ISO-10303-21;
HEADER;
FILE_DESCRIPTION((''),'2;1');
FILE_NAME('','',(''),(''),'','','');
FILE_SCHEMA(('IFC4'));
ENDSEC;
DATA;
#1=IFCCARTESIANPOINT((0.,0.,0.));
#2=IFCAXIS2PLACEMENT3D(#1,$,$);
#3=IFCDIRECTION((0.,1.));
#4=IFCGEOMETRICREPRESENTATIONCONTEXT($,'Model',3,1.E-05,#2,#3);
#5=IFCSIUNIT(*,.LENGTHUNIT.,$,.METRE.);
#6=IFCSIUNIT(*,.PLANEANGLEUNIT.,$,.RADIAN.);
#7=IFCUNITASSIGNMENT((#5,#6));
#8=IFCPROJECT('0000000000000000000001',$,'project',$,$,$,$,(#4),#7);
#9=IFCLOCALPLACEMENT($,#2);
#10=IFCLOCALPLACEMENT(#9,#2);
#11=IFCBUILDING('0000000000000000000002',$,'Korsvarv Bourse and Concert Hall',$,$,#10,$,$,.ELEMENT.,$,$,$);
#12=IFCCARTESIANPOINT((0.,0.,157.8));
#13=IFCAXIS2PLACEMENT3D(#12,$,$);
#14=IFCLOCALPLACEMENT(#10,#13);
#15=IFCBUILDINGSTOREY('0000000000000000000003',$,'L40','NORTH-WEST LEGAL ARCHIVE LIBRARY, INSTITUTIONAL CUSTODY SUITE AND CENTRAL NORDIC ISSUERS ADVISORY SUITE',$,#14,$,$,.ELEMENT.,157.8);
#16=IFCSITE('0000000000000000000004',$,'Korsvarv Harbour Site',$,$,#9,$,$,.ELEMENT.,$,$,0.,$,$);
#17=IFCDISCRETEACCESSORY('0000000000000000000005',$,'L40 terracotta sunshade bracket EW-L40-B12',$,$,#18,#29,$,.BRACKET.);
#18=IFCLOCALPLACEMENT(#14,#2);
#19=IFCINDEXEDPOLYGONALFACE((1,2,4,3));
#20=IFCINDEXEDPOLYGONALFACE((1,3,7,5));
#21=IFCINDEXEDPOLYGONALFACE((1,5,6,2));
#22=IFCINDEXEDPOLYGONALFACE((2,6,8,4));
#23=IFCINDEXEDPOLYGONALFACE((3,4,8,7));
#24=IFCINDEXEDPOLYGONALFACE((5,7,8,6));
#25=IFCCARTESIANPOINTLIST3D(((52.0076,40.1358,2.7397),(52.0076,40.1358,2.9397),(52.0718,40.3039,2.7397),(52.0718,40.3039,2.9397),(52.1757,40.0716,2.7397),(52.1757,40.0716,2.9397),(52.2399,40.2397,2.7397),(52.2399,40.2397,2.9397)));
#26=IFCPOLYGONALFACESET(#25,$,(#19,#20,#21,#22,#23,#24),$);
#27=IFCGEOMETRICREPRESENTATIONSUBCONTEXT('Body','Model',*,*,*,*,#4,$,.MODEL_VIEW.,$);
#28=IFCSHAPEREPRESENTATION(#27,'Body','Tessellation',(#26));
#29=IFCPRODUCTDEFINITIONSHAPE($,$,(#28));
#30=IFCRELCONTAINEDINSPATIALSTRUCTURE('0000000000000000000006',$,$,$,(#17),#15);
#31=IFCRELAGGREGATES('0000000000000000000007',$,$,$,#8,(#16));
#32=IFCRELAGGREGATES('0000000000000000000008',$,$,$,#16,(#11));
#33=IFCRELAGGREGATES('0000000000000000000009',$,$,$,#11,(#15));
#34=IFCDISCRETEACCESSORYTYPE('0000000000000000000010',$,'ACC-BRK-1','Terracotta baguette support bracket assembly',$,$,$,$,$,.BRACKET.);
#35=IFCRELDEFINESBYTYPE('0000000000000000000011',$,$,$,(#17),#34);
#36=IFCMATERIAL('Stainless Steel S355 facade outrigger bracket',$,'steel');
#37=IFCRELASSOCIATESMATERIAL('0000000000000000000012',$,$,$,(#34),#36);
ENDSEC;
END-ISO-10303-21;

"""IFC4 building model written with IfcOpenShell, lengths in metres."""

from ifc_helpers import new_model, si_unit, direction, frame, origin, origin_2d, place, context, subcontext, project, spatial, rectangle, extrude, source, transform, mapped, material, type_object, element, save


model = new_model("IFC4")

# Units and contexts
model_context = context("Model", 3, precision=1e-05, world=origin(), true_north=direction((0.0, 1.0)))
body_context = subcontext(model_context, "Body", "Model", "MODEL_VIEW")
ifc_project = project(units=[si_unit("LENGTHUNIT", "METRE"), si_unit("PLANEANGLEUNIT", "RADIAN")], contexts=[model_context])

# Site, building, storey
site_placement = place(None, origin())
site = spatial("IfcSite", under=ifc_project, at=site_placement, Name="Korsvarv Harbour Site", CompositionType="ELEMENT", RefElevation=0.0)
building_placement = place(site_placement, origin())
building = spatial("IfcBuilding", under=site, at=building_placement, Name="Korsvarv Bourse and Concert Hall", CompositionType="ELEMENT")
storey_placement = place(building_placement, frame((0.0, 0.0, 157.8)))
storey = spatial("IfcBuildingStorey", under=building, at=storey_placement, Name="L40", Description="NORTH-WEST LEGAL ARCHIVE LIBRARY, INSTITUTIONAL CUSTODY SUITE AND CENTRAL NORDIC ISSUERS ADVISORY SUITE", CompositionType="ELEMENT", Elevation=157.8)

# Discrete accessory
ifc_material_1 = material(Name="Stainless Steel S355 facade outrigger bracket", Category="steel")
discrete_accessory_type = type_object("IfcDiscreteAccessoryType", Name="ACC-BRK-1", Description="Terracotta baguette support bracket assembly", PredefinedType="BRACKET", material=ifc_material_1)
shared_shape_1 = source(origin(), body_context, "Body", "SweptSolid", [
    extrude(rectangle(XDim=0.1799, YDim=0.1799, at=origin_2d()), origin(), (0.0, 0.0, 1.0), 0.2),
])
for number, where, z_axis, x_axis, name in (
    (1, (52.1238, 40.1877, 2.7397), (0.0, 0.0, 1.0), (0.356738, 0.934204, 0.0), "L40 terracotta sunshade bracket EW-L40-B12"),
):
    element("IfcDiscreteAccessory", number, at=place(storey_placement, frame(where, z_axis=z_axis, x_axis=x_axis)), inside=storey, type_object=discrete_accessory_type, Name=name, PredefinedType="BRACKET", context=body_context, shape_type="MappedRepresentation", body=[
        mapped(shared_shape_1, transform((0.0, 0.0, 0.0), scale=1.0)),
    ])

save(model, "model.ifc")
